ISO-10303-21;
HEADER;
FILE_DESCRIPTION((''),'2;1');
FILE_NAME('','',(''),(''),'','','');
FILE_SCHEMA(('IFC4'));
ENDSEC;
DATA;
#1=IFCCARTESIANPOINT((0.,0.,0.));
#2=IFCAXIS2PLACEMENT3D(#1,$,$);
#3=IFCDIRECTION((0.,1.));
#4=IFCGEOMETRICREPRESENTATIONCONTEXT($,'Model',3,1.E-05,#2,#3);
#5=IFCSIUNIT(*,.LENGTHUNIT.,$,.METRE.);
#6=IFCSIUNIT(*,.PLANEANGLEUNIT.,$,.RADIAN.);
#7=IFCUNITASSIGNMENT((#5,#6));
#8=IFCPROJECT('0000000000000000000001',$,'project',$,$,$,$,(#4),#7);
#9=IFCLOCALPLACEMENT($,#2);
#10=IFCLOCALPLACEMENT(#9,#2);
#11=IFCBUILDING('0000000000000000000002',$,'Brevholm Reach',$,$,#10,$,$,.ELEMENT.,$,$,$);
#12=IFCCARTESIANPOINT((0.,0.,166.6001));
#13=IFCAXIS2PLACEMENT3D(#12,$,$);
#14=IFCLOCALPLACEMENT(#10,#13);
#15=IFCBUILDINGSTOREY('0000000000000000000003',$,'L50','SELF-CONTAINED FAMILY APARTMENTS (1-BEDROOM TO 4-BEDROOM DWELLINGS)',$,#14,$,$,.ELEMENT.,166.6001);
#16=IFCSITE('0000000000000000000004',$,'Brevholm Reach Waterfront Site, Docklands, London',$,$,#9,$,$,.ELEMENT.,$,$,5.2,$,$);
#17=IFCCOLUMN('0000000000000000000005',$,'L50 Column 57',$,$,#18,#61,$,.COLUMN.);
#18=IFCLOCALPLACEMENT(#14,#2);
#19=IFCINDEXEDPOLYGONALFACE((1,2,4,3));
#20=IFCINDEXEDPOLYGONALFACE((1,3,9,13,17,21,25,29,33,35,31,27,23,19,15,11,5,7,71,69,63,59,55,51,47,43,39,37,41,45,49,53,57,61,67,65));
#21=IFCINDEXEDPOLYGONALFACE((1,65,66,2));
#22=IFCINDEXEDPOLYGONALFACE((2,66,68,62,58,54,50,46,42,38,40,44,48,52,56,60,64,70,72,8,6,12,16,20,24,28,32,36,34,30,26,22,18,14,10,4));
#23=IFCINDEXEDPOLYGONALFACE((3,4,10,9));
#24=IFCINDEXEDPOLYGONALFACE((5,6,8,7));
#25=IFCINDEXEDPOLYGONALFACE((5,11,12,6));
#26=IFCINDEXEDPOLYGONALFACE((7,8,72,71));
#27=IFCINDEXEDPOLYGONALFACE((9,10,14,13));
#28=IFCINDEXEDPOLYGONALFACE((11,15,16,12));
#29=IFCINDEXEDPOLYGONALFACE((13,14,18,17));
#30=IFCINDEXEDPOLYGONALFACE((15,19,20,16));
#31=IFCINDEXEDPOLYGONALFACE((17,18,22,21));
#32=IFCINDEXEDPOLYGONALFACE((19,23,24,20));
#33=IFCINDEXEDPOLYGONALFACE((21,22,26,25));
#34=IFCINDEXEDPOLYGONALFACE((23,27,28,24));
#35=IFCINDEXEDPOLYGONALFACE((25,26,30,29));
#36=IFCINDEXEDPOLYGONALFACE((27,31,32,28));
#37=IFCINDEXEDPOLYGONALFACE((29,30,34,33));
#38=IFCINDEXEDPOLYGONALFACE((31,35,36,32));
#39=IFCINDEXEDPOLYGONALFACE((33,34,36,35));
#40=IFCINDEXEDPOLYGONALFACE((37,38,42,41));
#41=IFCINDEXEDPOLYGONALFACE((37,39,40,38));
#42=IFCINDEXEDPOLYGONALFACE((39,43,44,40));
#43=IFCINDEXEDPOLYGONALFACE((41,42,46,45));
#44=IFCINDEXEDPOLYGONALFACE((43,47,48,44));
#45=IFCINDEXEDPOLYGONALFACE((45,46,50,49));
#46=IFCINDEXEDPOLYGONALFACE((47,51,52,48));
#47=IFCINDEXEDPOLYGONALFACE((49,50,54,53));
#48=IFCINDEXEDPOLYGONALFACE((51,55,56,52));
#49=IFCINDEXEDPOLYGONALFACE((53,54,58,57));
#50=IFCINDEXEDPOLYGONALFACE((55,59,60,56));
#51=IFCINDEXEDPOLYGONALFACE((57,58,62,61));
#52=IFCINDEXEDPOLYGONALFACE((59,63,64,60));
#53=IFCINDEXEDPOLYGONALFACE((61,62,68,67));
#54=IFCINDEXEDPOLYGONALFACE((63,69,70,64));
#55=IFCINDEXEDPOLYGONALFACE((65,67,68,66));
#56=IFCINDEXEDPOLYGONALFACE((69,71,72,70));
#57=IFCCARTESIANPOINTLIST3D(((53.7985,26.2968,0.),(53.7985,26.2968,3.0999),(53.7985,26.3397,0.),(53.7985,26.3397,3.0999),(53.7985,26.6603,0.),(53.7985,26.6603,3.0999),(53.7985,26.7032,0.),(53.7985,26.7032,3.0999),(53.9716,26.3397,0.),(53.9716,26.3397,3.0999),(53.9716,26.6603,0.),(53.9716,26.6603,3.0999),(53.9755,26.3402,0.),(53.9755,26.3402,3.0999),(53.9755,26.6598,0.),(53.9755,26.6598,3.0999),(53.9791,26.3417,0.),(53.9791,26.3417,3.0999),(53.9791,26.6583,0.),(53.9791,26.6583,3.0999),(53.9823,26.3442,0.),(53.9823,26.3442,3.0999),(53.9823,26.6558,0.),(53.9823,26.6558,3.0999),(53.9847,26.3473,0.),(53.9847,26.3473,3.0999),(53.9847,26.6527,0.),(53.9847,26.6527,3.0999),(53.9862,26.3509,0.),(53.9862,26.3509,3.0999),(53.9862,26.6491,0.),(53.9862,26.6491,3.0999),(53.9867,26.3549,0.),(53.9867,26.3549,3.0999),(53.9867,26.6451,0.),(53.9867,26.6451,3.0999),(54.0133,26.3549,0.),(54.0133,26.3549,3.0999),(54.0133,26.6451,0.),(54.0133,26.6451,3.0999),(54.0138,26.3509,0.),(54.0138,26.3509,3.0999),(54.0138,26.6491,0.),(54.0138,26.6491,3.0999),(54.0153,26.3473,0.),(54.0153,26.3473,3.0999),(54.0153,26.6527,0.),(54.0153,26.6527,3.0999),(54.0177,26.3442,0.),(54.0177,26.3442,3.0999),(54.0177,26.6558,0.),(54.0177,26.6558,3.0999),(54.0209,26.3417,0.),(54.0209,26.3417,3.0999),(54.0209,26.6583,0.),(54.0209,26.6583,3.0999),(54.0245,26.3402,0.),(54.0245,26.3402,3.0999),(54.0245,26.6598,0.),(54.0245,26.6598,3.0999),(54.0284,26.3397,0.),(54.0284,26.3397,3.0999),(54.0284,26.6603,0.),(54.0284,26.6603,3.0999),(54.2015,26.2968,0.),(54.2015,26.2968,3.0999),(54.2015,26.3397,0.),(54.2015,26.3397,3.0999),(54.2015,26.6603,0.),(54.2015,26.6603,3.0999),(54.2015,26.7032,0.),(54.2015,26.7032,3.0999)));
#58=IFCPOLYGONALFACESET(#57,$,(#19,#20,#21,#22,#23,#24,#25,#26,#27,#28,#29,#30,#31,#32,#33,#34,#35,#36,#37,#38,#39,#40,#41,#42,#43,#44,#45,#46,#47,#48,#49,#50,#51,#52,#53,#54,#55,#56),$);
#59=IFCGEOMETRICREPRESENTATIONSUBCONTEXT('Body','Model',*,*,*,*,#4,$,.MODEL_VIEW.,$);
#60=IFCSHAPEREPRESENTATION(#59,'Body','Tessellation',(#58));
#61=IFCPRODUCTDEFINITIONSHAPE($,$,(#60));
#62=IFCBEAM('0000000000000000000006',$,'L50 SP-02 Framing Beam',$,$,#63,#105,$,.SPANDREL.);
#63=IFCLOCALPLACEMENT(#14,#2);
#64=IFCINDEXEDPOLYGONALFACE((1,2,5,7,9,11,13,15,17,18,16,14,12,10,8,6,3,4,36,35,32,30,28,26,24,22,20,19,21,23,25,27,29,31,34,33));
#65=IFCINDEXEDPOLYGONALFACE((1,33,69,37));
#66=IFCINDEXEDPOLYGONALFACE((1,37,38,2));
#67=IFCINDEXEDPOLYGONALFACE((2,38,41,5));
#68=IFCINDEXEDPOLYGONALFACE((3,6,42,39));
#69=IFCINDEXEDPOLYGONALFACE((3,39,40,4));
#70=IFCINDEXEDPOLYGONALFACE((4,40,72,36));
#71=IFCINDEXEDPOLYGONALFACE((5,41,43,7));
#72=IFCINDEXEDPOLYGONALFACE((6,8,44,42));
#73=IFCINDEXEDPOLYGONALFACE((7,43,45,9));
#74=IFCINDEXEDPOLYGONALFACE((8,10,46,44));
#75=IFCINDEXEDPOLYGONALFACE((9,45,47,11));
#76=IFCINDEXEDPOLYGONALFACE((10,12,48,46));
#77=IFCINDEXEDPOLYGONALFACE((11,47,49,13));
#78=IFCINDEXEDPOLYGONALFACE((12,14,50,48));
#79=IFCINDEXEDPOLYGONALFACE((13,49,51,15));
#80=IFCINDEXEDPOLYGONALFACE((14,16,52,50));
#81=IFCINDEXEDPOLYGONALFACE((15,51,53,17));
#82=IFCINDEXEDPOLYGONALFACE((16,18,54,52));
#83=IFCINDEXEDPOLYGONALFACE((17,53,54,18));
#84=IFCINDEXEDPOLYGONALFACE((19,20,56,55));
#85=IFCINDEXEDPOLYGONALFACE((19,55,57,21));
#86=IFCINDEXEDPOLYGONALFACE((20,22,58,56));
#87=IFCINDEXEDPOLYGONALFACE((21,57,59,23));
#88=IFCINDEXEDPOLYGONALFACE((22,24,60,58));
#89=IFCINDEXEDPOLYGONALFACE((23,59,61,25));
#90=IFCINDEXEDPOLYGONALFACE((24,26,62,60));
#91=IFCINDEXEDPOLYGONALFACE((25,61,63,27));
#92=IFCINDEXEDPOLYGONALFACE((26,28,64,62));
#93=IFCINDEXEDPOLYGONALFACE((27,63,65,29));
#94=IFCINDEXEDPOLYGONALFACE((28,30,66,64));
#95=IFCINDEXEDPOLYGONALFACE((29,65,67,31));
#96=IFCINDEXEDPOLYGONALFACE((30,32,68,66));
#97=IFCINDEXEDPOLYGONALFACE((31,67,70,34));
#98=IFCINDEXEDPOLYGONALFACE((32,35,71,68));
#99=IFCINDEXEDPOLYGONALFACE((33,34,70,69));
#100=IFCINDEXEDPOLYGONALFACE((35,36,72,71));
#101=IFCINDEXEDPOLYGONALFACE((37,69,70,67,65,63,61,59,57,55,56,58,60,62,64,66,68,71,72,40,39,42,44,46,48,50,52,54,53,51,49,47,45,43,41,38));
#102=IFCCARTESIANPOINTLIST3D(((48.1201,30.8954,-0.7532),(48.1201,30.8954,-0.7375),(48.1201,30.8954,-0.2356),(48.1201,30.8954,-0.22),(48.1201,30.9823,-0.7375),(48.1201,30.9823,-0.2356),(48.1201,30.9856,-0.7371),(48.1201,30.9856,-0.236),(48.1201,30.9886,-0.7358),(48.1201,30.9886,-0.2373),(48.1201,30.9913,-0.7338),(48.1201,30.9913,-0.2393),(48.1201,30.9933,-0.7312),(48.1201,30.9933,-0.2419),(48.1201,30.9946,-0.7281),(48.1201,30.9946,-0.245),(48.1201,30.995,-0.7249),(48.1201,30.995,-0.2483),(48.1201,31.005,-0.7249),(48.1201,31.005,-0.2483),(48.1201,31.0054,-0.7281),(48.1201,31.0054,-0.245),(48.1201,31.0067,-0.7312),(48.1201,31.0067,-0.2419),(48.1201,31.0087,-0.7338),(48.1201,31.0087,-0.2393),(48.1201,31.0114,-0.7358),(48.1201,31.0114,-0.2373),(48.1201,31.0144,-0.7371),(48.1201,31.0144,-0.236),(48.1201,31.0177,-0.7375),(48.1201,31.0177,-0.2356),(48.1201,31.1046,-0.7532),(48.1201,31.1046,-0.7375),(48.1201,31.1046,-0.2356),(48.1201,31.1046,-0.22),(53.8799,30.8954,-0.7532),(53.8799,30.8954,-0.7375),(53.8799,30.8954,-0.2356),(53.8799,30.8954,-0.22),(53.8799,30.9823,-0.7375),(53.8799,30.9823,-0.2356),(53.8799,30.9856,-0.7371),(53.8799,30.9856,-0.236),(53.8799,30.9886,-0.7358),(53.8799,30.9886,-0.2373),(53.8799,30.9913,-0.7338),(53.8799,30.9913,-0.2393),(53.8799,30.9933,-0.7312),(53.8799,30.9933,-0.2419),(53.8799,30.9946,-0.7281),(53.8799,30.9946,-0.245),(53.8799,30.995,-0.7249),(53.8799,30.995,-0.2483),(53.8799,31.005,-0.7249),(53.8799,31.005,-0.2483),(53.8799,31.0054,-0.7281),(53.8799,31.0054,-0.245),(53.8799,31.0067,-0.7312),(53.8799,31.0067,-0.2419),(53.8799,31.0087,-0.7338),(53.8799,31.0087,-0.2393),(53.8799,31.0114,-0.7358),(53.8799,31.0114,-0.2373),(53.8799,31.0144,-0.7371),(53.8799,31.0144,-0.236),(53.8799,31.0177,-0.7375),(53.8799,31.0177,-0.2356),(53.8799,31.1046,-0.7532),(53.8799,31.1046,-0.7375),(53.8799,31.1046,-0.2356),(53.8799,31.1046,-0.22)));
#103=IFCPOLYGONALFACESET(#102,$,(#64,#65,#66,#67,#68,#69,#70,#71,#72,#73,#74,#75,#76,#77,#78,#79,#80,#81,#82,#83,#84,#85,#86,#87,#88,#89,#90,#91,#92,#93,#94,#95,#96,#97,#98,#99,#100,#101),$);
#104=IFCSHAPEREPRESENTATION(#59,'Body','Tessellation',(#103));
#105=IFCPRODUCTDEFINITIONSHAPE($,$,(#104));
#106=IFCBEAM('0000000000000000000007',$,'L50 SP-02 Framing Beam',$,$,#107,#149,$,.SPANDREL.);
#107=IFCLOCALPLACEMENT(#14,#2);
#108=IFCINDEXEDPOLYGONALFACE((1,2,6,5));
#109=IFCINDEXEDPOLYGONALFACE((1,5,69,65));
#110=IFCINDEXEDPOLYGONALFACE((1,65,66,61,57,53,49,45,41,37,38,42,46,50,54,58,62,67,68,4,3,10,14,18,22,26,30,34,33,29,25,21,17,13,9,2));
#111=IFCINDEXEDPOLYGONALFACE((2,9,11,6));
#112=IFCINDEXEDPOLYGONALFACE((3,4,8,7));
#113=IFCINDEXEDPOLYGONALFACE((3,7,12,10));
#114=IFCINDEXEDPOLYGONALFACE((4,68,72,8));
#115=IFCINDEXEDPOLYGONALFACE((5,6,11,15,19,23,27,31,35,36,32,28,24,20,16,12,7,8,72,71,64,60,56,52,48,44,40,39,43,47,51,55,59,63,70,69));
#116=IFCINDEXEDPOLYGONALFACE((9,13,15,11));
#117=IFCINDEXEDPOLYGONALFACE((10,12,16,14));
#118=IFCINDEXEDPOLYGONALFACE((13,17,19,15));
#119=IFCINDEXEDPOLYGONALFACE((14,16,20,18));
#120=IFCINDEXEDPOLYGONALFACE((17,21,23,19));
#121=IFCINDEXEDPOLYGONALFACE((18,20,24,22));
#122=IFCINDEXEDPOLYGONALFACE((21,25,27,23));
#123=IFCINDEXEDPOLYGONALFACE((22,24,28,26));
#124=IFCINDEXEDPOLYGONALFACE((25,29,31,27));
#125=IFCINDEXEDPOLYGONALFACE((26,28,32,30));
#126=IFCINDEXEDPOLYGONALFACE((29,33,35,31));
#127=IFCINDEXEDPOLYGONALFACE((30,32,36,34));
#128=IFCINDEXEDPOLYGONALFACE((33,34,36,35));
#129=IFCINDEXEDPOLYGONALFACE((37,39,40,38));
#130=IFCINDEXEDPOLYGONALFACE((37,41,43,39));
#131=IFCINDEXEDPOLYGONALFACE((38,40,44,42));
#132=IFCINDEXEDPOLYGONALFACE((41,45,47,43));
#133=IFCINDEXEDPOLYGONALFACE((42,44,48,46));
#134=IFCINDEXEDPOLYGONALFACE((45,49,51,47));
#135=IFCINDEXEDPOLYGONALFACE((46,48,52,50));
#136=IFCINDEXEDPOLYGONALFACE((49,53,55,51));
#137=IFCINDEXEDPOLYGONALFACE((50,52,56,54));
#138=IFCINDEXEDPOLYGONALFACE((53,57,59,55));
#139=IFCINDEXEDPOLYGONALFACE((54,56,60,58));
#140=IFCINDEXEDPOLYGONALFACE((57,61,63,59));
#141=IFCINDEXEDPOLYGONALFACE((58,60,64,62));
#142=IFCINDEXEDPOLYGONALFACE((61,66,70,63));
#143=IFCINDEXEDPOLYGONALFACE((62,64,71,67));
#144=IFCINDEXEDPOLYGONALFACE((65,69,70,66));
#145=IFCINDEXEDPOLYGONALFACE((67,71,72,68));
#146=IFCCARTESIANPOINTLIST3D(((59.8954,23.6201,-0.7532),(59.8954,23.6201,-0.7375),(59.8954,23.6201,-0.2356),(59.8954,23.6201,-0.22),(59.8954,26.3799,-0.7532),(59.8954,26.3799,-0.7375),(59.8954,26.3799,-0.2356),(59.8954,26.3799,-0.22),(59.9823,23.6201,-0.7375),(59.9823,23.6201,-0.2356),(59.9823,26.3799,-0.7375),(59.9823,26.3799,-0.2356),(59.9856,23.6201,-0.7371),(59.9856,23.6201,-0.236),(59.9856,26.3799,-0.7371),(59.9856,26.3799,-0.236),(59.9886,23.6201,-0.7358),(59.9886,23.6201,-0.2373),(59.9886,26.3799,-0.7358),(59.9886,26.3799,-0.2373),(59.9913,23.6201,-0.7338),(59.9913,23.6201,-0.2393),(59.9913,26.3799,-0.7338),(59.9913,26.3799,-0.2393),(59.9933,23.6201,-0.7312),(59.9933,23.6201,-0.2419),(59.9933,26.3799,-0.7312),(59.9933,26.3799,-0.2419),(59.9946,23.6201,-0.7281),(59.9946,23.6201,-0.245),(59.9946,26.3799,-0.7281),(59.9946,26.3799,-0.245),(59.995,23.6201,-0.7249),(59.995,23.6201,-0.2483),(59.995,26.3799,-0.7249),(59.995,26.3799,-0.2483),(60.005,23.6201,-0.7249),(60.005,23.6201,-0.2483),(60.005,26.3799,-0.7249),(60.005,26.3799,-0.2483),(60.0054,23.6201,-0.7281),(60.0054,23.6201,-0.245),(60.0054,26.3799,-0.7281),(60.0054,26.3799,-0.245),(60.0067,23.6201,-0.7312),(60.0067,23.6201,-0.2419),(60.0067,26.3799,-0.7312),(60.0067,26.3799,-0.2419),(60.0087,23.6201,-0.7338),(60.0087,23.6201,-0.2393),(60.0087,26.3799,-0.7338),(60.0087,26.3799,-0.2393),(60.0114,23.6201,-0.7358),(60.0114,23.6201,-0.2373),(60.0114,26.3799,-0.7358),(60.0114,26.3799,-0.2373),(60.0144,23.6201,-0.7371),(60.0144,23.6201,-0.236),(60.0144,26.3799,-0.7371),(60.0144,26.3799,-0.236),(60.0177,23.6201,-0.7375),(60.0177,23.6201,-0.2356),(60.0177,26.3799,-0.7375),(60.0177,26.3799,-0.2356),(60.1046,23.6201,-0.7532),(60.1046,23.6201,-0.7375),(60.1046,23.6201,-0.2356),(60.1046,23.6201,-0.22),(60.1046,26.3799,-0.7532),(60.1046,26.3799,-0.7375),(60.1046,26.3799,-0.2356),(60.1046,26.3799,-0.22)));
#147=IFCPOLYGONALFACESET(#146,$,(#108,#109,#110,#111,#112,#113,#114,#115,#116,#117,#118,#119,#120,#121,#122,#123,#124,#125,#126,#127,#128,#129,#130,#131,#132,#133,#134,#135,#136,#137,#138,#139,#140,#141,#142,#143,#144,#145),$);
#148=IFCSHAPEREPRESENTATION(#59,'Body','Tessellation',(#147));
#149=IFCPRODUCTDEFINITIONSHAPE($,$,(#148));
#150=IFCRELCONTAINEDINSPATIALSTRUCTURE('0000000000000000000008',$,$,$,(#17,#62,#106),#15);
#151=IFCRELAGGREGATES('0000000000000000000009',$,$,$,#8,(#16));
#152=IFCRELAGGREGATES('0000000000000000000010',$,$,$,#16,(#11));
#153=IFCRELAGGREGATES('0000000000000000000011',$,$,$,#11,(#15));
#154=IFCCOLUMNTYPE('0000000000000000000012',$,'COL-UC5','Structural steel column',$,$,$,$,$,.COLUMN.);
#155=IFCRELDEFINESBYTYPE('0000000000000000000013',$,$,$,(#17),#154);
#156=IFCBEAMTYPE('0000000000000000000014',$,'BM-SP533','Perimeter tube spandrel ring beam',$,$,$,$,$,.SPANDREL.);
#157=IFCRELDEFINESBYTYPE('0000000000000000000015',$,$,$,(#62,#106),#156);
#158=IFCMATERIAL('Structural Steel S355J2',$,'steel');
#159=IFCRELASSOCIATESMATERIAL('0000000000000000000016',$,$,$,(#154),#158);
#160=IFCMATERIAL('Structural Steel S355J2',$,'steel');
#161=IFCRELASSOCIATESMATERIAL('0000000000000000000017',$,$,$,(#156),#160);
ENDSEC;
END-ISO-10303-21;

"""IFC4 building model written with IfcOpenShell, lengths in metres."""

from ifc_helpers import new_model, si_unit, direction, frame, origin, origin_2d, place, context, subcontext, project, spatial, i_section, extrude, material, material_profile, profile_set, type_object, element, save


model = new_model("IFC4")

# Units and contexts
model_context = context("Model", 3, precision=1e-05, world=origin(), true_north=direction((0.0, 1.0)))
body_context = subcontext(model_context, "Body", "Model", "MODEL_VIEW")
ifc_project = project(units=[si_unit("LENGTHUNIT", "METRE"), si_unit("PLANEANGLEUNIT", "RADIAN")], contexts=[model_context])

# Site, building, storey
site_placement = place(None, origin())
site = spatial("IfcSite", under=ifc_project, at=site_placement, Name="Brevholm Reach Waterfront Site, Docklands, London", CompositionType="ELEMENT", RefElevation=5.2)
building_placement = place(site_placement, origin())
building = spatial("IfcBuilding", under=site, at=building_placement, Name="Brevholm Reach", CompositionType="ELEMENT")
storey_placement = place(building_placement, frame((0.0, 0.0, 166.6001)))
storey = spatial("IfcBuildingStorey", under=building, at=storey_placement, Name="L50", Description="SELF-CONTAINED FAMILY APARTMENTS (1-BEDROOM TO 4-BEDROOM DWELLINGS)", CompositionType="ELEMENT", Elevation=166.6001)

# Column
ifc_material_1 = material(Name="Structural Steel S355J2", Category="steel")
ifc_material_profile_1 = material_profile(ifc_material_1, i_section(OverallWidth=0.4031, OverallDepth=0.4065, WebThickness=0.0266, FlangeThickness=0.043, FilletRadius=0.0151, at=origin_2d()), Name="UKC 356x406x340")
ifc_profile_set_1 = profile_set([ifc_material_profile_1], Name="Structural Steel S355J2")
column_type_1 = type_object("IfcColumnType", Name="COL-UC5", Description="Structural steel column", PredefinedType="COLUMN", material=ifc_profile_set_1)
for number, where, z_axis, x_axis, name in (
    (1, (54.0, 26.5, 0.0), (0.0, 0.0, 1.0), (1.0, 0.0, 0.0), "L50 Column 57"),
):
    element("IfcColumn", number, at=place(storey_placement, frame(where, z_axis=z_axis, x_axis=x_axis)), inside=storey, type_object=column_type_1, Name=name, PredefinedType="COLUMN", context=body_context, shape_type="SweptSolid", body=[
        extrude(i_section(OverallWidth=0.4031, OverallDepth=0.4065, WebThickness=0.0266, FlangeThickness=0.043, FilletRadius=0.0151, at=origin_2d()), origin(), (0.0, 0.0, 1.0), 3.0999),
    ])

# Beams
ifc_material_2 = material(Name="Structural Steel S355J2", Category="steel")
ifc_material_profile_2 = material_profile(ifc_material_2, i_section(OverallWidth=0.2092, OverallDepth=0.5332, WebThickness=0.01, FlangeThickness=0.0156, FilletRadius=0.0127, at=origin_2d()), Name="UKB 533x210x92")
ifc_profile_set_2 = profile_set([ifc_material_profile_2], Name="Structural Steel S355J2")
beam_type_1 = type_object("IfcBeamType", Name="BM-SP533", Description="Perimeter tube spandrel ring beam", PredefinedType="SPANDREL", material=ifc_profile_set_2)
beam_1_placement = place(storey_placement, frame((48.1201, 31.0, -0.4866), z_axis=(1.0, 0.0, 0.0), x_axis=(0.0, 1.0, 0.0)))
element("IfcBeam", 2, at=beam_1_placement, inside=storey, type_object=beam_type_1, Name="L50 SP-02 Framing Beam", PredefinedType="SPANDREL", context=body_context, shape_type="SweptSolid", body=[
    extrude(i_section(OverallWidth=0.2092, OverallDepth=0.5332, WebThickness=0.01, FlangeThickness=0.0156, FilletRadius=0.0127, at=origin_2d()), origin(), (0.0, 0.0, 1.0), 5.7598),
])
beam_2_placement = place(storey_placement, frame((60.0, 23.6201, -0.4866), z_axis=(0.0, 1.0, 0.0), x_axis=(-1.0, 0.0, 0.0)))
element("IfcBeam", 3, at=beam_2_placement, inside=storey, type_object=beam_type_1, Name="L50 SP-02 Framing Beam", PredefinedType="SPANDREL", context=body_context, shape_type="SweptSolid", body=[
    extrude(i_section(OverallWidth=0.2092, OverallDepth=0.5332, WebThickness=0.01, FlangeThickness=0.0156, FilletRadius=0.0127, at=origin_2d()), origin(), (0.0, 0.0, 1.0), 2.7598),
])

save(model, "model.ifc")
